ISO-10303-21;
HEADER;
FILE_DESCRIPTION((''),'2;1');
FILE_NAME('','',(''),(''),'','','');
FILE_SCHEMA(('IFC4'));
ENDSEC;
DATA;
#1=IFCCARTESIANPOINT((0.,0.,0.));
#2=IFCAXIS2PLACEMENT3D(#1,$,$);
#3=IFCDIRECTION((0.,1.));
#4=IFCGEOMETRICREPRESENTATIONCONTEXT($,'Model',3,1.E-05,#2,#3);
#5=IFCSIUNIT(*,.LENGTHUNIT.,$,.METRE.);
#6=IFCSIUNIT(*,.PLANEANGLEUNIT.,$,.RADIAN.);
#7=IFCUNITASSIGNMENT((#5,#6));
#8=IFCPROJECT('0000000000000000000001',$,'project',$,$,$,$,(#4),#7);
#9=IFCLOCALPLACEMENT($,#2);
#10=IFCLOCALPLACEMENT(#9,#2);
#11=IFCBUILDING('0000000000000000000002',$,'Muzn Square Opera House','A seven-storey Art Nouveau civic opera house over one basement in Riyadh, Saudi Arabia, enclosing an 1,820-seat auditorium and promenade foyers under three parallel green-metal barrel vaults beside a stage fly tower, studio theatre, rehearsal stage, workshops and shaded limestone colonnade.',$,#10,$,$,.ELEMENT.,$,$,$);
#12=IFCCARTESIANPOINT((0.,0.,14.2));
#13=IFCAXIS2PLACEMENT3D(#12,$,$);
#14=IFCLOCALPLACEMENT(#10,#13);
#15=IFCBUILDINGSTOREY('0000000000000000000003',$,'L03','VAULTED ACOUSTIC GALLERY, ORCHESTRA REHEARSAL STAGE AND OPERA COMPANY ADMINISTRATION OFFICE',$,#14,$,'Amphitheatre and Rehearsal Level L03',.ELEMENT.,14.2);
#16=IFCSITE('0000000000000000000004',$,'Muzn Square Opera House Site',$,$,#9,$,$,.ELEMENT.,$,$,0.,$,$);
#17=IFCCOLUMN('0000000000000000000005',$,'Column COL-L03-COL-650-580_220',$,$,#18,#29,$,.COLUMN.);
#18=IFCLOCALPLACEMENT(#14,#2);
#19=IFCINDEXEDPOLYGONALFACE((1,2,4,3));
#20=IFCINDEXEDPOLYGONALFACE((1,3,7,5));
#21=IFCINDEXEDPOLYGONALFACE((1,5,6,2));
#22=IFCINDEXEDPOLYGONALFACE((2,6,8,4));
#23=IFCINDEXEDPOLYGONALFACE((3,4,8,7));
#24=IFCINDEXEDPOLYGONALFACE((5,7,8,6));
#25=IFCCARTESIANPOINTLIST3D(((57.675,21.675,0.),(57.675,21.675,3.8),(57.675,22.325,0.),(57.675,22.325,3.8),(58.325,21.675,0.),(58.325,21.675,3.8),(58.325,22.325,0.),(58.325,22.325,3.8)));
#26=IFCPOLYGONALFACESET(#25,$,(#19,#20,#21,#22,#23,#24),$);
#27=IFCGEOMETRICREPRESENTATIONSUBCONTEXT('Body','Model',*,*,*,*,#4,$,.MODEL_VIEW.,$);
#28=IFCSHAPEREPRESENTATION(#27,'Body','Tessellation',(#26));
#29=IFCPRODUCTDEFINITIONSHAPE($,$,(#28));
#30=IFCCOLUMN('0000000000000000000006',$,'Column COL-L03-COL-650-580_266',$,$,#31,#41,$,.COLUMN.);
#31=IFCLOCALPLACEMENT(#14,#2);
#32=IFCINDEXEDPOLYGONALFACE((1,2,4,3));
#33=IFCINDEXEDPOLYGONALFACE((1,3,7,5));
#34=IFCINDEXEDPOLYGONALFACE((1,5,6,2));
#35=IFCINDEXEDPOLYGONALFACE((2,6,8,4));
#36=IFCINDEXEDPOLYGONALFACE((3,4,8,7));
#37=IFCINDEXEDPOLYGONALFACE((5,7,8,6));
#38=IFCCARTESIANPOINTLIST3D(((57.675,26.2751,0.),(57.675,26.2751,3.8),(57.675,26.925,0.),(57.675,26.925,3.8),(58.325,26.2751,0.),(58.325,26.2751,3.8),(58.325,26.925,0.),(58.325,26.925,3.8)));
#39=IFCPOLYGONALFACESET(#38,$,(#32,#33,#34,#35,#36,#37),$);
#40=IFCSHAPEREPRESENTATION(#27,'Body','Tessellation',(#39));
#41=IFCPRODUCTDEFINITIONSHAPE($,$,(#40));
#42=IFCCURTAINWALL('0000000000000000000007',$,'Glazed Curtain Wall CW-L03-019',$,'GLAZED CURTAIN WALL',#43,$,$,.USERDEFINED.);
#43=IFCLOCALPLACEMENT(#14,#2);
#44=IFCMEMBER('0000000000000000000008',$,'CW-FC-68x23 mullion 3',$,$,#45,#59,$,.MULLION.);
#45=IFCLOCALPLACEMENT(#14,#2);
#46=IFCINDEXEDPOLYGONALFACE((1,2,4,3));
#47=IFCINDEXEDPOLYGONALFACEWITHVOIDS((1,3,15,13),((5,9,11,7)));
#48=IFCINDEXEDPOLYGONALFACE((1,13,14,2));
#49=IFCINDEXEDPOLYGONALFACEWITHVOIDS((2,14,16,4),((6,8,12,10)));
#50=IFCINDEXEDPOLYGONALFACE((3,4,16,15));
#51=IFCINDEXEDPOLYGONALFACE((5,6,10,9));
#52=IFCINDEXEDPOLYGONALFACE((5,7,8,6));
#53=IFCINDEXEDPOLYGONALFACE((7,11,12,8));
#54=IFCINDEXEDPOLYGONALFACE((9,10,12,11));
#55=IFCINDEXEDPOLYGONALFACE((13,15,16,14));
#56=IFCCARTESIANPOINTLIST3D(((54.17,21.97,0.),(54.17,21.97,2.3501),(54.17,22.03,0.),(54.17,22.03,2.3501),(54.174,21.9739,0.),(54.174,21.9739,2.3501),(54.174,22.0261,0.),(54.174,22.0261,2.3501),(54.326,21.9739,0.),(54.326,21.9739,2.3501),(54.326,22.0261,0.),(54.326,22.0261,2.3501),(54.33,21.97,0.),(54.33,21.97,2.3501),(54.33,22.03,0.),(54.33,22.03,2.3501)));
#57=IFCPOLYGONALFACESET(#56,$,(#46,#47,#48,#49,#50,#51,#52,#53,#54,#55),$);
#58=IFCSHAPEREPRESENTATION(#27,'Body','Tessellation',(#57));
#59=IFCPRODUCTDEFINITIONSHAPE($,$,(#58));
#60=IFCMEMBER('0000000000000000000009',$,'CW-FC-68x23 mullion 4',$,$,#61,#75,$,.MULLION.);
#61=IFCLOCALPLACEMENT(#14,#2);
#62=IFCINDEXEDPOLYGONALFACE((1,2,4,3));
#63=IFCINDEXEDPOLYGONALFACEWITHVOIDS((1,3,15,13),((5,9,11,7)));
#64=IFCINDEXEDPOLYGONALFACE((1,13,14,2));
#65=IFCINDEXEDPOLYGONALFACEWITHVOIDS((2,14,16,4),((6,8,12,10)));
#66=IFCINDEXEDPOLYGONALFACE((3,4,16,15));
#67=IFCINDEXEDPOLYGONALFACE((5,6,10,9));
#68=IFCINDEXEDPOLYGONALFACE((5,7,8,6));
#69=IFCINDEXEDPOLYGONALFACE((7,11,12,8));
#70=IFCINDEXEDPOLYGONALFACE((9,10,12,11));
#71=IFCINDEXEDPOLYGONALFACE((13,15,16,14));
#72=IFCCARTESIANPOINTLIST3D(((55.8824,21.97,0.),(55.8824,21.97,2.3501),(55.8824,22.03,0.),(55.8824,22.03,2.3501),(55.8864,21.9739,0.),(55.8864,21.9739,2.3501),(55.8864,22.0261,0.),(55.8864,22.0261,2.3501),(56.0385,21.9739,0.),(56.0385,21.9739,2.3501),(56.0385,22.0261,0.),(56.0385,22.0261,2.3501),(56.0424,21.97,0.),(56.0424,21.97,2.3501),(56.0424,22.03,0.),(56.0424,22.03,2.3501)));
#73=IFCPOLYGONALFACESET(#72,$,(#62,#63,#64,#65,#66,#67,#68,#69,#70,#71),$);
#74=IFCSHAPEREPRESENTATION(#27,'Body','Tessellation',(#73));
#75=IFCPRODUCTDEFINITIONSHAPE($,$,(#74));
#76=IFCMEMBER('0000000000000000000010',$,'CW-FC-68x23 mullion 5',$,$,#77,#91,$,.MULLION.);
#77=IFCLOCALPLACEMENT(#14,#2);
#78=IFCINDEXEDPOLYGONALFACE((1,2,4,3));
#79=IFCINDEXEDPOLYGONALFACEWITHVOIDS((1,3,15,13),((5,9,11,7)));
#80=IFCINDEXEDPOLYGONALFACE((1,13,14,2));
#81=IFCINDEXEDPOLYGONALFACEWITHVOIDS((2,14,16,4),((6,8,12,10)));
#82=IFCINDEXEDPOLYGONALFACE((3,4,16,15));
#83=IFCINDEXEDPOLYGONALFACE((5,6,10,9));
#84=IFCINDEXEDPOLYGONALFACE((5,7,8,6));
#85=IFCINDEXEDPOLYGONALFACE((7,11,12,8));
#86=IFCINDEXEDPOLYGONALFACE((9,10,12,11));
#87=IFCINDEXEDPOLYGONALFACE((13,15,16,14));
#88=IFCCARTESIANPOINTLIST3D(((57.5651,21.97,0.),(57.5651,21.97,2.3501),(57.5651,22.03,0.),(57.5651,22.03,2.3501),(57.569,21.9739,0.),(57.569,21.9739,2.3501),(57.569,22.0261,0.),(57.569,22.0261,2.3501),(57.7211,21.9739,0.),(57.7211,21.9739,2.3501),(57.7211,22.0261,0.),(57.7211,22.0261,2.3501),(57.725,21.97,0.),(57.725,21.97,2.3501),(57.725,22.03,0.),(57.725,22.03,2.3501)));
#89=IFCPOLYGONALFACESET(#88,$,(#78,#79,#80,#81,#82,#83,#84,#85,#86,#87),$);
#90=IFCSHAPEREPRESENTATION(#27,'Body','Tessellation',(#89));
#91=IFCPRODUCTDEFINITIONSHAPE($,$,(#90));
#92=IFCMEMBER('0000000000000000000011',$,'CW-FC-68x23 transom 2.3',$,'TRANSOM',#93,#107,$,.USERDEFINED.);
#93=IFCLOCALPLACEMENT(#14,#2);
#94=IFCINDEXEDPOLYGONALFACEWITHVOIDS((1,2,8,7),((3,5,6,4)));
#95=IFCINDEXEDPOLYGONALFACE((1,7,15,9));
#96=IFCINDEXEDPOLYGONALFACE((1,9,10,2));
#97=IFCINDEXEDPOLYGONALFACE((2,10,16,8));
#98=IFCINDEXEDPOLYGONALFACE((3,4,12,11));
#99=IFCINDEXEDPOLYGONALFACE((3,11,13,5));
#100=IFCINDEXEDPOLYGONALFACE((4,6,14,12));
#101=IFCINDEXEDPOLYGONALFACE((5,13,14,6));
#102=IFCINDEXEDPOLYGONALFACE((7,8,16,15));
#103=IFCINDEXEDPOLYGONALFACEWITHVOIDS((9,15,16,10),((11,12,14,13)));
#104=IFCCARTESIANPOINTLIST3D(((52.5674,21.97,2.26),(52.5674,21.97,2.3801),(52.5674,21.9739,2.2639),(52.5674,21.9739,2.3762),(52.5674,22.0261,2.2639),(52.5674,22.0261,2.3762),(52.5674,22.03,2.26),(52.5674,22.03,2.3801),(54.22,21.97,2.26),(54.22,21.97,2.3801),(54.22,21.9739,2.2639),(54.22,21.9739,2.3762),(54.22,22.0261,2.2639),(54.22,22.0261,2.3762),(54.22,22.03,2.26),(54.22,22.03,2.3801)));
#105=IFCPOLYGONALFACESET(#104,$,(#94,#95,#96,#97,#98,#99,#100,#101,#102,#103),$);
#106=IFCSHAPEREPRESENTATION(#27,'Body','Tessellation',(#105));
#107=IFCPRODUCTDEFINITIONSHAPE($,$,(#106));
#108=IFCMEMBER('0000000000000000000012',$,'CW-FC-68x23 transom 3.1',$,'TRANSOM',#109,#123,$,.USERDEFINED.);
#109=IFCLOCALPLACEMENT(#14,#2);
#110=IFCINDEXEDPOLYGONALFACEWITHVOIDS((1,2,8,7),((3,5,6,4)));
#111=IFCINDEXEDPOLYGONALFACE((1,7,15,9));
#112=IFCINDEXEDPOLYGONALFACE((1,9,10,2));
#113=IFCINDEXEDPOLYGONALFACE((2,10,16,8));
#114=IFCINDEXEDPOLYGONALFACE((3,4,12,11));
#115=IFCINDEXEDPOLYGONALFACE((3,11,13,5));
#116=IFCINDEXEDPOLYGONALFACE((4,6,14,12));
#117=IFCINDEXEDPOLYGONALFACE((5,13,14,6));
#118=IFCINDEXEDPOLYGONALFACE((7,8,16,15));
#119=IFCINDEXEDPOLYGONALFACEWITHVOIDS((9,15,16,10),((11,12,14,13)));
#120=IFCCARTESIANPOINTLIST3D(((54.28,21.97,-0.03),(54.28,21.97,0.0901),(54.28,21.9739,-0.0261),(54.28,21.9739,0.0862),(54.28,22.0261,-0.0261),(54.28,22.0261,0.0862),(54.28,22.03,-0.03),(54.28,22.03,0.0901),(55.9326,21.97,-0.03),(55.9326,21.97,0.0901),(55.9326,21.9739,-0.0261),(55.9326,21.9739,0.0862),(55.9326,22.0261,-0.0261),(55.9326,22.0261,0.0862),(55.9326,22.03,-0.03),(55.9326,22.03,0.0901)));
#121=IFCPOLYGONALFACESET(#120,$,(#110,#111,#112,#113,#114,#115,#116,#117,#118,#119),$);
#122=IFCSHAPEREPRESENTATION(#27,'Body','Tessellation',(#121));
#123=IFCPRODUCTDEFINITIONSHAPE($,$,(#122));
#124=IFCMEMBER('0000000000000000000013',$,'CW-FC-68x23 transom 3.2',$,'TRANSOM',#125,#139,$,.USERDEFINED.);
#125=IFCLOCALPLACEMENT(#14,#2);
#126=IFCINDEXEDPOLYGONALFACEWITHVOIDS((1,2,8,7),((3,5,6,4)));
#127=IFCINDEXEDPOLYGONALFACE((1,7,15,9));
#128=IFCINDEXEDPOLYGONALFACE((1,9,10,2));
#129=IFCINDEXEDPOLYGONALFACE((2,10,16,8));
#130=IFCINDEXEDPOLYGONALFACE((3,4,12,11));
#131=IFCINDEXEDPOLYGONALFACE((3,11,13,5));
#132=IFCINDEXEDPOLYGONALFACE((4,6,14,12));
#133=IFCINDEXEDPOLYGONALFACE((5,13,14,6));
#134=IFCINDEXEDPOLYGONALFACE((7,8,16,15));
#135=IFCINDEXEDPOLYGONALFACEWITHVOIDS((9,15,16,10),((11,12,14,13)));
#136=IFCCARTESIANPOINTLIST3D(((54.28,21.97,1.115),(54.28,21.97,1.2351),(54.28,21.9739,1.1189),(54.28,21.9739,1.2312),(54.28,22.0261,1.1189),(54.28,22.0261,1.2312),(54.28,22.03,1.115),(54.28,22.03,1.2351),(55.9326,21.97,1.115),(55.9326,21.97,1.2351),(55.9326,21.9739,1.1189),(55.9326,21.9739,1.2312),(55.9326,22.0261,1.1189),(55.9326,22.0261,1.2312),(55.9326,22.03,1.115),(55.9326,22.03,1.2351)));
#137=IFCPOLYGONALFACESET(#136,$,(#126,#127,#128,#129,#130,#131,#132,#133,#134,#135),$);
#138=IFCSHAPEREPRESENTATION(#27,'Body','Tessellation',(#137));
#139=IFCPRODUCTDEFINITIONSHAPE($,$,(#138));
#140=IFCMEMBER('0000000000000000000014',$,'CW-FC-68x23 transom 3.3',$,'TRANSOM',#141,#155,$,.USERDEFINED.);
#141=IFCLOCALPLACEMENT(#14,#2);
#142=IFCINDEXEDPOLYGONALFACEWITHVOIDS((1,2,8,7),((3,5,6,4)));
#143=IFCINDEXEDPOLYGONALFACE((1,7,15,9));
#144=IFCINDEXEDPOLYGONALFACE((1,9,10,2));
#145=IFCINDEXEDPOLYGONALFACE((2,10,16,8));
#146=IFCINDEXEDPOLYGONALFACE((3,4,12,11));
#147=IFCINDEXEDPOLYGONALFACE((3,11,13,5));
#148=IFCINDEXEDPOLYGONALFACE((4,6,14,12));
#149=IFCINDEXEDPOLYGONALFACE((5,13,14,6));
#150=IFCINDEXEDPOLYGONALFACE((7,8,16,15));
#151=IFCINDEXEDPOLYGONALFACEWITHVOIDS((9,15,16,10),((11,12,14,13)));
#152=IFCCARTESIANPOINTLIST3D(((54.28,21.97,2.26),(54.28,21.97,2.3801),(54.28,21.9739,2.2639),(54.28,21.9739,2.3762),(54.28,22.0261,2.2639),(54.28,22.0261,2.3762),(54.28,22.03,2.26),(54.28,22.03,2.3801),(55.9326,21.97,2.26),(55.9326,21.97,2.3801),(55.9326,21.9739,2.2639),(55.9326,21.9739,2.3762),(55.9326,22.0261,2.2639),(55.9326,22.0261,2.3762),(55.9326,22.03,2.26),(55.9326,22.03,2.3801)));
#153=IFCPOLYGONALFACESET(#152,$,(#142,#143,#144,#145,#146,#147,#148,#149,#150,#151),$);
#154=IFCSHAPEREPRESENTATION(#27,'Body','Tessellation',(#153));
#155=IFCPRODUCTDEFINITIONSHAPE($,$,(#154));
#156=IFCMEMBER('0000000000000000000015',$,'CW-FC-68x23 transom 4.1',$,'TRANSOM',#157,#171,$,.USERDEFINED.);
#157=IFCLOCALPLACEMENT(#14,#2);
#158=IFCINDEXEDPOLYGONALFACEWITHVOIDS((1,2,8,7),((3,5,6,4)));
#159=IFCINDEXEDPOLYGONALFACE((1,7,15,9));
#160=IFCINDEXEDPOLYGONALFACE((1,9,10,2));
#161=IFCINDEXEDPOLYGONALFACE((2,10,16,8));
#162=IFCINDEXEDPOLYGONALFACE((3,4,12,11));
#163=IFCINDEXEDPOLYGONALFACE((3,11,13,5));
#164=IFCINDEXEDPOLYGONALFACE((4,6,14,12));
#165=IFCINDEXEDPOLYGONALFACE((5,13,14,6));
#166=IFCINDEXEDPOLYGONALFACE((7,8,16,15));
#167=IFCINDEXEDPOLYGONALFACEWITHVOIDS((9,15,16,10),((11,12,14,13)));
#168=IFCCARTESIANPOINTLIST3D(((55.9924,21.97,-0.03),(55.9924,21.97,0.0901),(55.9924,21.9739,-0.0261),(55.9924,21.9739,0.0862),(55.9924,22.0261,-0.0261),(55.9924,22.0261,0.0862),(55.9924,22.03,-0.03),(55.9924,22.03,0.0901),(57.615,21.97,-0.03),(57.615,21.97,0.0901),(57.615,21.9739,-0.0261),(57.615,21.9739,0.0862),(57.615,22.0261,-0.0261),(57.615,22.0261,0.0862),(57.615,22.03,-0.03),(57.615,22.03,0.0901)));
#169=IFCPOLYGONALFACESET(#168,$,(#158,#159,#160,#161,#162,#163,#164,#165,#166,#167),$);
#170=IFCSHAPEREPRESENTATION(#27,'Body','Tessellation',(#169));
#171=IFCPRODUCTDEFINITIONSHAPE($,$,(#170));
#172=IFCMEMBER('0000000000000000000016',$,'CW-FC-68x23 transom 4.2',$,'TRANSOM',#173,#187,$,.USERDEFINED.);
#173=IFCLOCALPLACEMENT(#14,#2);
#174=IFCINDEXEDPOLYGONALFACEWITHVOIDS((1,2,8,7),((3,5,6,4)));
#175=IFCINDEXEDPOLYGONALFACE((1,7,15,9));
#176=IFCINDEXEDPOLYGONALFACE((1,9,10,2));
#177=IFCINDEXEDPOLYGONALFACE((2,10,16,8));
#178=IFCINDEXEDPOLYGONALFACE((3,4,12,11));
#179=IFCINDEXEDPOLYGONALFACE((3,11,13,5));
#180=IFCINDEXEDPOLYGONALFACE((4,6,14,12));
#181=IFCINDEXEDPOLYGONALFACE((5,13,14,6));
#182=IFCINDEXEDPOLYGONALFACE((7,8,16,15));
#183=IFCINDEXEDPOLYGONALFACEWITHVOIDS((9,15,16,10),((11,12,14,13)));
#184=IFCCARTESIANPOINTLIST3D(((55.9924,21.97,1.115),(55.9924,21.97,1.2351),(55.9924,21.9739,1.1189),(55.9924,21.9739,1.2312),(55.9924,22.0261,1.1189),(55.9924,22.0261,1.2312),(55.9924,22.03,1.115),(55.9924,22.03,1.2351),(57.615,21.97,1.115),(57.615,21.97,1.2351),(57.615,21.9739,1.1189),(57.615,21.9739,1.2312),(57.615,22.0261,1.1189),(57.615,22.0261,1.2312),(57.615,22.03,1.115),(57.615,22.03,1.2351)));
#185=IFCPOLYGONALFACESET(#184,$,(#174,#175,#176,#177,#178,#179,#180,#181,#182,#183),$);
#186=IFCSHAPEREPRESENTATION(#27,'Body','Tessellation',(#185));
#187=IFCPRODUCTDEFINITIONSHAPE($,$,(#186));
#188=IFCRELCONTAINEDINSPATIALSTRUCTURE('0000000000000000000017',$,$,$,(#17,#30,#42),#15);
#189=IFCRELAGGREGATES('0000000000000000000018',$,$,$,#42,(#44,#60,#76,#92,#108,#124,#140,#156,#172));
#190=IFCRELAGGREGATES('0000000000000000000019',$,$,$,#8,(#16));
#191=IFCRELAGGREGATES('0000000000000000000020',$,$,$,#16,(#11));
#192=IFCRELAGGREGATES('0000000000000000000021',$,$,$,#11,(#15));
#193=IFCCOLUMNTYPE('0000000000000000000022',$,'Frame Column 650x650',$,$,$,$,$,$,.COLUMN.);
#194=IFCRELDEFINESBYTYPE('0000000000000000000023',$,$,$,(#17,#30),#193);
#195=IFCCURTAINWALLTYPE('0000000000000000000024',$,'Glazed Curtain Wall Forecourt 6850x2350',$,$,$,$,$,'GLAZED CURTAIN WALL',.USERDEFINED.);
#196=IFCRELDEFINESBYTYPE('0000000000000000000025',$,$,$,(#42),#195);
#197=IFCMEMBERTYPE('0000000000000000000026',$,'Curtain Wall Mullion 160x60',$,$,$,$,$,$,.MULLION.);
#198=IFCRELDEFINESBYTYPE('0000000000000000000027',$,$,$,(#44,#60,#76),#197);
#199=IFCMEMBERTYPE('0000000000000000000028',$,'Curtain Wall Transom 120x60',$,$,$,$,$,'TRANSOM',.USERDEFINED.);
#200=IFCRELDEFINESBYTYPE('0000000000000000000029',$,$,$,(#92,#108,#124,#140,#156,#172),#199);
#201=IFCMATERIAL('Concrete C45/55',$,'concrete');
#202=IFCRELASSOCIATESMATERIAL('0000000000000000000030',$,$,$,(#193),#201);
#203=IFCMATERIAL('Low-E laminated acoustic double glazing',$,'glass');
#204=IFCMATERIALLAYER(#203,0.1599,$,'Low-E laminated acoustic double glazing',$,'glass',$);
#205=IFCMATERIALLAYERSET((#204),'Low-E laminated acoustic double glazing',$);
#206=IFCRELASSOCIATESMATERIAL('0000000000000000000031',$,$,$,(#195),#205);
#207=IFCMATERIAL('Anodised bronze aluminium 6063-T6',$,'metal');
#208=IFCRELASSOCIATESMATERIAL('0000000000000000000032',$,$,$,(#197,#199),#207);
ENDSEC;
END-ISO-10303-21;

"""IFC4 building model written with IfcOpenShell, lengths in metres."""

from ifc_helpers import new_model, si_unit, direction, frame, origin, origin_2d, place, context, subcontext, project, spatial, rectangle, hollow_rectangle, extrude, material, layer, layer_set, material_profile, profile_set, type_object, element, aggregate, save


model = new_model("IFC4")

# Units and contexts
model_context = context("Model", 3, precision=1e-05, world=origin(), true_north=direction((0.0, 1.0)))
body_context = subcontext(model_context, "Body", "Model", "MODEL_VIEW")
ifc_project = project(units=[si_unit("LENGTHUNIT", "METRE"), si_unit("PLANEANGLEUNIT", "RADIAN")], contexts=[model_context])

# Site, building, storey
site_placement = place(None, origin())
site = spatial("IfcSite", under=ifc_project, at=site_placement, Name="Muzn Square Opera House Site", CompositionType="ELEMENT", RefElevation=0.0)
building_placement = place(site_placement, origin())
building = spatial("IfcBuilding", under=site, at=building_placement, Name="Muzn Square Opera House", Description="A seven-storey Art Nouveau civic opera house over one basement in Riyadh, Saudi Arabia, enclosing an 1,820-seat auditorium and promenade foyers under three parallel green-metal barrel vaults beside a stage fly tower, studio theatre, rehearsal stage, workshops and shaded limestone colonnade.", CompositionType="ELEMENT")
storey_placement = place(building_placement, frame((0.0, 0.0, 14.2)))
storey = spatial("IfcBuildingStorey", under=building, at=storey_placement, Name="L03", Description="VAULTED ACOUSTIC GALLERY, ORCHESTRA REHEARSAL STAGE AND OPERA COMPANY ADMINISTRATION OFFICE", LongName="Amphitheatre and Rehearsal Level L03", CompositionType="ELEMENT", Elevation=14.2)

# Columns
ifc_material_1 = material(Name="Concrete C45/55", Category="concrete")
ifc_material_profile_1 = material_profile(ifc_material_1, rectangle(XDim=0.6499, YDim=0.6499, at=origin_2d()), Name="RC 650x650", Category="concrete")
ifc_profile_set_1 = profile_set([ifc_material_profile_1], Name="Concrete C45/55")
column_type = type_object("IfcColumnType", Name="Frame Column 650x650", PredefinedType="COLUMN", material=ifc_profile_set_1)
for number, where, z_axis, x_axis, name in (
    (1, (58.0, 22.0, 0.0), (0.0, 0.0, 1.0), (1.0, 0.0, 0.0), "Column COL-L03-COL-650-580_220"),
    (2, (58.0, 26.6001, 0.0), (0.0, 0.0, 1.0), (1.0, 0.0, 0.0), "Column COL-L03-COL-650-580_266"),
):
    element("IfcColumn", number, at=place(storey_placement, frame(where, z_axis=z_axis, x_axis=x_axis)), inside=storey, type_object=column_type, Name=name, PredefinedType="COLUMN", context=body_context, shape_type="SweptSolid", body=[
        extrude(rectangle(XDim=0.6499, YDim=0.6499, at=origin_2d()), origin(), (0.0, 0.0, 1.0), 3.8),
    ])

# Curtain wall, members
ifc_material_2 = material(Name="Low-E laminated acoustic double glazing", Category="glass")
ifc_layer_1 = layer(ifc_material_2, 0.1599, Name="Low-E laminated acoustic double glazing", Category="glass")
ifc_layer_set_1 = layer_set([ifc_layer_1], Name="Low-E laminated acoustic double glazing")
curtain_wall_type = type_object("IfcCurtainWallType", Name="Glazed Curtain Wall Forecourt 6850x2350", ElementType="GLAZED CURTAIN WALL", PredefinedType="USERDEFINED", material=ifc_layer_set_1)
curtain_wall_placement = place(storey_placement, origin())
curtain_wall = element("IfcCurtainWall", 3, at=curtain_wall_placement, inside=storey, type_object=curtain_wall_type, Name="Glazed Curtain Wall CW-L03-019", ObjectType="GLAZED CURTAIN WALL", PredefinedType="USERDEFINED")
ifc_material_3 = material(Name="Anodised bronze aluminium 6063-T6", Category="metal")
ifc_material_profile_2 = material_profile(ifc_material_3, hollow_rectangle(XDim=0.0601, YDim=0.1599, WallThickness=0.0039, at=origin_2d()), Name="ALU 160x60x4", Category="metal")
ifc_profile_set_2 = profile_set([ifc_material_profile_2], Name="Anodised bronze aluminium 6063-T6")
member_type_1 = type_object("IfcMemberType", Name="Curtain Wall Mullion 160x60", PredefinedType="MULLION", material=ifc_profile_set_2)
member_1_placement = place(storey_placement, frame((54.25, 22.0, 0.0), z_axis=(0.0, 0.0, 1.0), x_axis=(0.0, 1.0, 0.0)))
member_1 = element("IfcMember", 4, at=member_1_placement, type_object=member_type_1, Name="CW-FC-68x23 mullion 3", PredefinedType="MULLION", context=body_context, shape_type="SweptSolid", body=[
    extrude(hollow_rectangle(XDim=0.0601, YDim=0.1599, WallThickness=0.0039, at=origin_2d()), origin(), (0.0, 0.0, 1.0), 2.3501),
])
member_2_placement = place(storey_placement, frame((55.9624, 22.0, 0.0), z_axis=(0.0, 0.0, 1.0), x_axis=(0.0, 1.0, 0.0)))
member_2 = element("IfcMember", 5, at=member_2_placement, type_object=member_type_1, Name="CW-FC-68x23 mullion 4", PredefinedType="MULLION", context=body_context, shape_type="SweptSolid", body=[
    extrude(hollow_rectangle(XDim=0.0601, YDim=0.1599, WallThickness=0.0039, at=origin_2d()), origin(), (0.0, 0.0, 1.0), 2.3501),
])
member_3_placement = place(storey_placement, frame((57.645, 22.0, 0.0), z_axis=(0.0, 0.0, 1.0), x_axis=(0.0, 1.0, 0.0)))
member_3 = element("IfcMember", 6, at=member_3_placement, type_object=member_type_1, Name="CW-FC-68x23 mullion 5", PredefinedType="MULLION", context=body_context, shape_type="SweptSolid", body=[
    extrude(hollow_rectangle(XDim=0.0601, YDim=0.1599, WallThickness=0.0039, at=origin_2d()), origin(), (0.0, 0.0, 1.0), 2.3501),
])
ifc_material_profile_3 = material_profile(ifc_material_3, hollow_rectangle(XDim=0.0601, YDim=0.1201, WallThickness=0.0039, at=origin_2d()), Name="ALU 120x60x4", Category="metal")
ifc_profile_set_3 = profile_set([ifc_material_profile_3], Name="Anodised bronze aluminium 6063-T6")
member_type_2 = type_object("IfcMemberType", Name="Curtain Wall Transom 120x60", ElementType="TRANSOM", PredefinedType="USERDEFINED", material=ifc_profile_set_3)
member_4_placement = place(storey_placement, frame((52.5674, 22.0, 2.3201), z_axis=(1.0, 0.0, 0.0), x_axis=(0.0, 1.0, 0.0)))
member_4 = element("IfcMember", 7, at=member_4_placement, type_object=member_type_2, Name="CW-FC-68x23 transom 2.3", ObjectType="TRANSOM", PredefinedType="USERDEFINED", context=body_context, shape_type="SweptSolid", body=[
    extrude(hollow_rectangle(XDim=0.0601, YDim=0.1201, WallThickness=0.0039, at=origin_2d()), origin(), (0.0, 0.0, 1.0), 1.6526),
])
member_5_placement = place(storey_placement, frame((54.28, 22.0, 0.03), z_axis=(1.0, 0.0, 0.0), x_axis=(0.0, 1.0, 0.0)))
member_5 = element("IfcMember", 8, at=member_5_placement, type_object=member_type_2, Name="CW-FC-68x23 transom 3.1", ObjectType="TRANSOM", PredefinedType="USERDEFINED", context=body_context, shape_type="SweptSolid", body=[
    extrude(hollow_rectangle(XDim=0.0601, YDim=0.1201, WallThickness=0.0039, at=origin_2d()), origin(), (0.0, 0.0, 1.0), 1.6526),
])
member_6_placement = place(storey_placement, frame((54.28, 22.0, 1.175), z_axis=(1.0, 0.0, 0.0), x_axis=(0.0, 1.0, 0.0)))
member_6 = element("IfcMember", 9, at=member_6_placement, type_object=member_type_2, Name="CW-FC-68x23 transom 3.2", ObjectType="TRANSOM", PredefinedType="USERDEFINED", context=body_context, shape_type="SweptSolid", body=[
    extrude(hollow_rectangle(XDim=0.0601, YDim=0.1201, WallThickness=0.0039, at=origin_2d()), origin(), (0.0, 0.0, 1.0), 1.6526),
])
member_7_placement = place(storey_placement, frame((54.28, 22.0, 2.3201), z_axis=(1.0, 0.0, 0.0), x_axis=(0.0, 1.0, 0.0)))
member_7 = element("IfcMember", 10, at=member_7_placement, type_object=member_type_2, Name="CW-FC-68x23 transom 3.3", ObjectType="TRANSOM", PredefinedType="USERDEFINED", context=body_context, shape_type="SweptSolid", body=[
    extrude(hollow_rectangle(XDim=0.0601, YDim=0.1201, WallThickness=0.0039, at=origin_2d()), origin(), (0.0, 0.0, 1.0), 1.6526),
])
member_8_placement = place(storey_placement, frame((55.9924, 22.0, 0.03), z_axis=(1.0, 0.0, 0.0), x_axis=(0.0, 1.0, 0.0)))
member_8 = element("IfcMember", 11, at=member_8_placement, type_object=member_type_2, Name="CW-FC-68x23 transom 4.1", ObjectType="TRANSOM", PredefinedType="USERDEFINED", context=body_context, shape_type="SweptSolid", body=[
    extrude(hollow_rectangle(XDim=0.0601, YDim=0.1201, WallThickness=0.0039, at=origin_2d()), origin(), (0.0, 0.0, 1.0), 1.6226),
])
member_9_placement = place(storey_placement, frame((55.9924, 22.0, 1.175), z_axis=(1.0, 0.0, 0.0), x_axis=(0.0, 1.0, 0.0)))
member_9 = element("IfcMember", 12, at=member_9_placement, type_object=member_type_2, Name="CW-FC-68x23 transom 4.2", ObjectType="TRANSOM", PredefinedType="USERDEFINED", context=body_context, shape_type="SweptSolid", body=[
    extrude(hollow_rectangle(XDim=0.0601, YDim=0.1201, WallThickness=0.0039, at=origin_2d()), origin(), (0.0, 0.0, 1.0), 1.6226),
])

aggregate(curtain_wall, [member_1, member_2, member_3, member_4, member_5, member_6, member_7, member_8, member_9])

save(model, "model.ifc")
